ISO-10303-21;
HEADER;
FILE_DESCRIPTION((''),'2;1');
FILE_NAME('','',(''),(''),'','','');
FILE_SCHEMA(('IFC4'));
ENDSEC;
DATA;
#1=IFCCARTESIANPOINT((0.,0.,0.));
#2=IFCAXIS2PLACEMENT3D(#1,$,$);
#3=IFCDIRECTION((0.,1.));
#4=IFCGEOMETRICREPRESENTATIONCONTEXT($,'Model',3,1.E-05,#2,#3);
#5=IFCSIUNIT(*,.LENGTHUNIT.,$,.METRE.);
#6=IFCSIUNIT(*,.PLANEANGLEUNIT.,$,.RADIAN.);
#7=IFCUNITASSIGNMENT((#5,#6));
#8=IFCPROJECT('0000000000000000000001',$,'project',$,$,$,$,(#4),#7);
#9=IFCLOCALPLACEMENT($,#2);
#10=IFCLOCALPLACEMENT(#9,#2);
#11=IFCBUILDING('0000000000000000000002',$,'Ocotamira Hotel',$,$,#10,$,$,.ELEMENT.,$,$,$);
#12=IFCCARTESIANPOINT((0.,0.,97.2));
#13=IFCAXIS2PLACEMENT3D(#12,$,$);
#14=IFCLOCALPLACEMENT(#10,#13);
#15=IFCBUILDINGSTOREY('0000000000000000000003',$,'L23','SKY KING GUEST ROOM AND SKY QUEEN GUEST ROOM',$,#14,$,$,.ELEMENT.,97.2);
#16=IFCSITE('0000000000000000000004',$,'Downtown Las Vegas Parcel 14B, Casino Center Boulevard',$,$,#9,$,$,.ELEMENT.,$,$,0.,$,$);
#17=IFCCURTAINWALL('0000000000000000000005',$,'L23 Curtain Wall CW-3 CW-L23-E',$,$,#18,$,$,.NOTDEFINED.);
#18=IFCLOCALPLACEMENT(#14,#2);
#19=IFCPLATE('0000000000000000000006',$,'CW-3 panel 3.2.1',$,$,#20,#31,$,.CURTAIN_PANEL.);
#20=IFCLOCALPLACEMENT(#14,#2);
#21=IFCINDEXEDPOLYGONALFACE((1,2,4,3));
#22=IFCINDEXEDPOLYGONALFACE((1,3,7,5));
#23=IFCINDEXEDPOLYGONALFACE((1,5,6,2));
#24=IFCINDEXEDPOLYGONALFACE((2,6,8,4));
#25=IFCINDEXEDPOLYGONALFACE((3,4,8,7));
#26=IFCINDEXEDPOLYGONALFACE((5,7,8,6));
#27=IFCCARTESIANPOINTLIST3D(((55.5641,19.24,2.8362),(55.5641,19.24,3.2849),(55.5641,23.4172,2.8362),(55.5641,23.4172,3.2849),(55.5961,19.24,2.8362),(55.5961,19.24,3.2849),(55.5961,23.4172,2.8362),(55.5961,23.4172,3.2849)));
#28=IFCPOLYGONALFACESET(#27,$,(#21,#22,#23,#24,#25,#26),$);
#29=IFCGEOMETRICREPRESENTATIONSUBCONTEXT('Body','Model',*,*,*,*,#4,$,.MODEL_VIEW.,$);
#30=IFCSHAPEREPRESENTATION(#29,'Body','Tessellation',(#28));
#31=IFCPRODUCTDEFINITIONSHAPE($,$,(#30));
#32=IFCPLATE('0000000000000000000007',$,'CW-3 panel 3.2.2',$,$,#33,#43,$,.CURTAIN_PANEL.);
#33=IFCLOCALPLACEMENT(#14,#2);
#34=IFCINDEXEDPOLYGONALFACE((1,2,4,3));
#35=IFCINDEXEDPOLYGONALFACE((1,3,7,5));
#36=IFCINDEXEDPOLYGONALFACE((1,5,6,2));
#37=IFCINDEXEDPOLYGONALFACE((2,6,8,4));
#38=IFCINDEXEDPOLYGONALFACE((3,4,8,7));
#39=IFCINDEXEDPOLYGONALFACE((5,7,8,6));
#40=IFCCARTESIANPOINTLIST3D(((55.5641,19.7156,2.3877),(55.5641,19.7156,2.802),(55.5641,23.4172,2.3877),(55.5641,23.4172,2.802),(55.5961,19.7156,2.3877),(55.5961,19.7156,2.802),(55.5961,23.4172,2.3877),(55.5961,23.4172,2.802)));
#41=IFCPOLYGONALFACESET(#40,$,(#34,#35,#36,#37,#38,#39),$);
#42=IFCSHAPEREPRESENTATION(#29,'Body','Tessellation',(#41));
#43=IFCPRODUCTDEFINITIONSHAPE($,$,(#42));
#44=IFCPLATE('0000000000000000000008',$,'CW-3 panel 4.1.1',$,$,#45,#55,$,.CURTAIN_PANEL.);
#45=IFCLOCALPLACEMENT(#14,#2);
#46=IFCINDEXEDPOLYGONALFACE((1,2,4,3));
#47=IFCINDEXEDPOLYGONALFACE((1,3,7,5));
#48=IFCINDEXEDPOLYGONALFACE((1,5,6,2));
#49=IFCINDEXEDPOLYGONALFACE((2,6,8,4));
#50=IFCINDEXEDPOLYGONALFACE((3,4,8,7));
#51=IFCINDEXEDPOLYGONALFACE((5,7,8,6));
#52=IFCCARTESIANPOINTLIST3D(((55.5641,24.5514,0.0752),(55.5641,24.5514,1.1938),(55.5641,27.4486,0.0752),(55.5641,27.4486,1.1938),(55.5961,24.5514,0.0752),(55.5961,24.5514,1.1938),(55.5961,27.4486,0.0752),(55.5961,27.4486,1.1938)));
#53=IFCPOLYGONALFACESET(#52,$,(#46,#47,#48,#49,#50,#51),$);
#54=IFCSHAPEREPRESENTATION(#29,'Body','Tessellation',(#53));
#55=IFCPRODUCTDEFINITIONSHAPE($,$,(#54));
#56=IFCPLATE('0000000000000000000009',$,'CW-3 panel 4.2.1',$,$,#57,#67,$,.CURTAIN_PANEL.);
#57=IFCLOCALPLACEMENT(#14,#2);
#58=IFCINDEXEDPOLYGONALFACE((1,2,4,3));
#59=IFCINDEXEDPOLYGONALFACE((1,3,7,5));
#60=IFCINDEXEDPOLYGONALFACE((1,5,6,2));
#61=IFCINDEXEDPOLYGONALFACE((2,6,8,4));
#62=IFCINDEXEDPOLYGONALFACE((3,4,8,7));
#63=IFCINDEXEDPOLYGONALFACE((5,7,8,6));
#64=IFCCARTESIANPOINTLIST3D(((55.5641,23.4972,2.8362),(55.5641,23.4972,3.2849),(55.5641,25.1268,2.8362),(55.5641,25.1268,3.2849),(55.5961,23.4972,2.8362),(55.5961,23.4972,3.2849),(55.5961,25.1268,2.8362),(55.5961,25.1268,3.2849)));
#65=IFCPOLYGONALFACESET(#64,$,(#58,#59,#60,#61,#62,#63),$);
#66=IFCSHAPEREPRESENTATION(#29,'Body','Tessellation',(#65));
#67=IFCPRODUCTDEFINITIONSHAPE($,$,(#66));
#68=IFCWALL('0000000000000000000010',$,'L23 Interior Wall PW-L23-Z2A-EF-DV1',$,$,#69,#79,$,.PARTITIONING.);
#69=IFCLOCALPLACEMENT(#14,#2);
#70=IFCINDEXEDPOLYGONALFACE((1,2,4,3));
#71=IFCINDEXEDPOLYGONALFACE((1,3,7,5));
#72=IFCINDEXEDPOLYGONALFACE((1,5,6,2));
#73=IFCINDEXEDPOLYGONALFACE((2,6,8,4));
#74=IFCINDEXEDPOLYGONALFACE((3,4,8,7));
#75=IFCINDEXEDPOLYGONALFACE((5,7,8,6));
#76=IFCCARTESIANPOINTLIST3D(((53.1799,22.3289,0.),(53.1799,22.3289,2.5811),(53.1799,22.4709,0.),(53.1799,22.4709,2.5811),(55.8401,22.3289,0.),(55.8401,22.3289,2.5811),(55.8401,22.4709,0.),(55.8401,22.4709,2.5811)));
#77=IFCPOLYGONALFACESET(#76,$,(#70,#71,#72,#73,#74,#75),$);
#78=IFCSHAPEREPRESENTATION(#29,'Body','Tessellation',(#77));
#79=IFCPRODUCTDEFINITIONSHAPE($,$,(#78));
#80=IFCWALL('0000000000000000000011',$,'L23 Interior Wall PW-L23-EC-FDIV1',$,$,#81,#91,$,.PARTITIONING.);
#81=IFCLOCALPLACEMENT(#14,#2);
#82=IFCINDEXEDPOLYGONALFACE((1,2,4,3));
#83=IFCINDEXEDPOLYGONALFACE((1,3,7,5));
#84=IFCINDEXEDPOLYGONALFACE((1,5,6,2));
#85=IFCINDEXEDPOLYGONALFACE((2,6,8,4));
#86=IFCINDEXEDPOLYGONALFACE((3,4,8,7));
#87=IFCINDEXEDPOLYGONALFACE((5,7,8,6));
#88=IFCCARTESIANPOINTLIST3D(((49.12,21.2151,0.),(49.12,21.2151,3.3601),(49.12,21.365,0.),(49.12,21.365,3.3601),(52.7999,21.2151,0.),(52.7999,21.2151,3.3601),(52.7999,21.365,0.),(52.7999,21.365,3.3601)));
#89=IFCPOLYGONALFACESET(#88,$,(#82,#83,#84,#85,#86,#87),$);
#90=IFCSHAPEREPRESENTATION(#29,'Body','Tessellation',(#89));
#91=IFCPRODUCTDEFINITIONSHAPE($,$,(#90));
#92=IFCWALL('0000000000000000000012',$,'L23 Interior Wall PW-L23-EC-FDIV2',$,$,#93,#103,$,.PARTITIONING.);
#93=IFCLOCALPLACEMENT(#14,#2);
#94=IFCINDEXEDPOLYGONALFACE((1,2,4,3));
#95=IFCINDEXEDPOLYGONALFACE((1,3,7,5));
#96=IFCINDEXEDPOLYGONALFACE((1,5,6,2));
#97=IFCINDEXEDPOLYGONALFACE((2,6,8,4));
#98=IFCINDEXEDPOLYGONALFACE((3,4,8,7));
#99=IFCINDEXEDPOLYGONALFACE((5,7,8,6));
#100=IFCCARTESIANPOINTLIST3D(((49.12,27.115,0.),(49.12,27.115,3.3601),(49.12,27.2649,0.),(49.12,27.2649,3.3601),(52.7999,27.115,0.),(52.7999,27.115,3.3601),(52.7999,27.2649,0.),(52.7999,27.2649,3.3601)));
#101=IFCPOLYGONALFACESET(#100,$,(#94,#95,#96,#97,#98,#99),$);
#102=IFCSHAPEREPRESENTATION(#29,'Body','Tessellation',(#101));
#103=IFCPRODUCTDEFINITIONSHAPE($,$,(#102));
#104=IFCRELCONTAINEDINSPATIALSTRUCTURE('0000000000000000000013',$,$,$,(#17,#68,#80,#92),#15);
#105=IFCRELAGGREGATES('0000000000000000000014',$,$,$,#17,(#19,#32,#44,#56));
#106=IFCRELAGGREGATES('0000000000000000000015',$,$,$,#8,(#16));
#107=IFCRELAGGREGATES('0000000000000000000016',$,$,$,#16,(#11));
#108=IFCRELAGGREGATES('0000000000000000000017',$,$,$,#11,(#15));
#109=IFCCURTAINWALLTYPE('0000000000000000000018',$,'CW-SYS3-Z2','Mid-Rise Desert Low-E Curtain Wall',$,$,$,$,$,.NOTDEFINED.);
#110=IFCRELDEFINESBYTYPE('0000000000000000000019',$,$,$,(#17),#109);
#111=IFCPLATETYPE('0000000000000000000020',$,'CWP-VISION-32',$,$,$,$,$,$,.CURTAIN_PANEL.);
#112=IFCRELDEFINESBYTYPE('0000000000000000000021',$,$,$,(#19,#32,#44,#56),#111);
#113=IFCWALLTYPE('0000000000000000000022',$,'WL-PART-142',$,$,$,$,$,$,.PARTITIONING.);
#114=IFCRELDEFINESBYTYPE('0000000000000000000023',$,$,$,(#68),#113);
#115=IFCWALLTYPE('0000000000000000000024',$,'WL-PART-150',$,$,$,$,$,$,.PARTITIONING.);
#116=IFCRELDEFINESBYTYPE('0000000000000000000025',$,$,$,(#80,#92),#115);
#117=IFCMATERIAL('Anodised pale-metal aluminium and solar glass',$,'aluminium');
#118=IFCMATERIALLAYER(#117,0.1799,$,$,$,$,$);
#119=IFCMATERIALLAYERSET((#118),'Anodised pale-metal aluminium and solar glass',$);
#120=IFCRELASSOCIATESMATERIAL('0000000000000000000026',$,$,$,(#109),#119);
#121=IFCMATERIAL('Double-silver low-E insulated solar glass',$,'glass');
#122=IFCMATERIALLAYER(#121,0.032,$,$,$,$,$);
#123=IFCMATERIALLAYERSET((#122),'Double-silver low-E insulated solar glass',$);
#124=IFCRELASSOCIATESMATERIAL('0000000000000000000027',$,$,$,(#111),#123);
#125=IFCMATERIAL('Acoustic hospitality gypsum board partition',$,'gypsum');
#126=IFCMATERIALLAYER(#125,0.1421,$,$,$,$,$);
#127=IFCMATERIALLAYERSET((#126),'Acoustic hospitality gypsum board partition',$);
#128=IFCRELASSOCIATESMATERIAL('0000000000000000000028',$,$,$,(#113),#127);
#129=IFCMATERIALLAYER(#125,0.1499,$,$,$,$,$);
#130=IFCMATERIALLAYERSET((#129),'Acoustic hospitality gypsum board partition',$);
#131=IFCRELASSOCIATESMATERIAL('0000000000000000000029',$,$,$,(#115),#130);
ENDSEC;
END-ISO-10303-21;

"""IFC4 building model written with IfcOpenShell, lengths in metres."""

from ifc_helpers import new_model, si_unit, direction, frame, frame_2d, origin, origin_2d, place, context, subcontext, project, spatial, rectangle, extrude, source, transform, mapped, material, layer, layer_set, type_object, element, aggregate, save


model = new_model("IFC4")

# Units and contexts
model_context = context("Model", 3, precision=1e-05, world=origin(), true_north=direction((0.0, 1.0)))
body_context = subcontext(model_context, "Body", "Model", "MODEL_VIEW")
ifc_project = project(units=[si_unit("LENGTHUNIT", "METRE"), si_unit("PLANEANGLEUNIT", "RADIAN")], contexts=[model_context])

# Site, building, storey
site_placement = place(None, origin())
site = spatial("IfcSite", under=ifc_project, at=site_placement, Name="Downtown Las Vegas Parcel 14B, Casino Center Boulevard", CompositionType="ELEMENT", RefElevation=0.0)
building_placement = place(site_placement, origin())
building = spatial("IfcBuilding", under=site, at=building_placement, Name="Ocotamira Hotel", CompositionType="ELEMENT")
storey_placement = place(building_placement, frame((0.0, 0.0, 97.2)))
storey = spatial("IfcBuildingStorey", under=building, at=storey_placement, Name="L23", Description="SKY KING GUEST ROOM AND SKY QUEEN GUEST ROOM", CompositionType="ELEMENT", Elevation=97.2)

# Curtain wall
ifc_material_1 = material(Name="Anodised pale-metal aluminium and solar glass", Category="aluminium")
ifc_layer_1 = layer(ifc_material_1, 0.1799)
ifc_layer_set_1 = layer_set([ifc_layer_1], Name="Anodised pale-metal aluminium and solar glass")
curtain_wall_type = type_object("IfcCurtainWallType", Name="CW-SYS3-Z2", Description="Mid-Rise Desert Low-E Curtain Wall", PredefinedType="NOTDEFINED", material=ifc_layer_set_1)
curtain_wall_placement = place(storey_placement, origin())
curtain_wall = element("IfcCurtainWall", 1, at=curtain_wall_placement, inside=storey, type_object=curtain_wall_type, Name="L23 Curtain Wall CW-3 CW-L23-E", PredefinedType="NOTDEFINED")

# Plates
ifc_material_2 = material(Name="Double-silver low-E insulated solar glass", Category="glass")
ifc_layer_2 = layer(ifc_material_2, 0.032)
ifc_layer_set_2 = layer_set([ifc_layer_2], Name="Double-silver low-E insulated solar glass")
plate_type_1 = type_object("IfcPlateType", Name="CWP-VISION-32", PredefinedType="CURTAIN_PANEL", material=ifc_layer_set_2)
shared_shape_1 = source(origin(), body_context, "Body", "SweptSolid", [
    extrude(rectangle(XDim=4.1772, YDim=0.032, at=origin_2d()), origin(), (0.0, 0.0, 1.0), 0.4487),
])
plate_1_placement = place(storey_placement, frame((55.5801, 21.3286, 2.8362), z_axis=(0.0, 0.0, 1.0), x_axis=(0.0, 1.0, 0.0)))
plate_1 = element("IfcPlate", 2, at=plate_1_placement, type_object=plate_type_1, Name="CW-3 panel 3.2.1", PredefinedType="CURTAIN_PANEL", context=body_context, shape_type="MappedRepresentation", body=[
    mapped(shared_shape_1, transform((0.0, 0.0, 0.0), scale=1.0)),
])
shared_shape_2 = source(origin(), body_context, "Body", "SweptSolid", [
    extrude(rectangle(XDim=3.7017, YDim=0.032, at=origin_2d()), origin(), (0.0, 0.0, 1.0), 0.4143),
])
plate_2_placement = place(storey_placement, frame((55.5801, 21.5664, 2.3877), z_axis=(0.0, 0.0, 1.0), x_axis=(0.0, 1.0, 0.0)))
plate_2 = element("IfcPlate", 3, at=plate_2_placement, type_object=plate_type_1, Name="CW-3 panel 3.2.2", PredefinedType="CURTAIN_PANEL", context=body_context, shape_type="MappedRepresentation", body=[
    mapped(shared_shape_2, transform((0.0, 0.0, 0.0), scale=1.0)),
])
shared_shape_3 = source(origin(), body_context, "Body", "SweptSolid", [
    extrude(rectangle(XDim=2.8972, YDim=0.032, at=origin_2d()), origin(), (0.0, 0.0, 1.0), 1.1187),
])
plate_3_placement = place(storey_placement, frame((55.5801, 26.0, 0.0752), z_axis=(0.0, 0.0, 1.0), x_axis=(0.0, 1.0, 0.0)))
plate_3 = element("IfcPlate", 4, at=plate_3_placement, type_object=plate_type_1, Name="CW-3 panel 4.1.1", PredefinedType="CURTAIN_PANEL", context=body_context, shape_type="MappedRepresentation", body=[
    mapped(shared_shape_3, transform((0.0, 0.0, 0.0), scale=1.0)),
])
shared_shape_4 = source(origin(), body_context, "Body", "SweptSolid", [
    extrude(rectangle(XDim=1.6296, YDim=0.032, at=origin_2d()), origin(), (0.0, 0.0, 1.0), 0.4487),
])
plate_4_placement = place(storey_placement, frame((55.5801, 24.312, 2.8362), z_axis=(0.0, 0.0, 1.0), x_axis=(0.0, 1.0, 0.0)))
plate_4 = element("IfcPlate", 5, at=plate_4_placement, type_object=plate_type_1, Name="CW-3 panel 4.2.1", PredefinedType="CURTAIN_PANEL", context=body_context, shape_type="MappedRepresentation", body=[
    mapped(shared_shape_4, transform((0.0, 0.0, 0.0), scale=1.0)),
])
aggregate(curtain_wall, [plate_1, plate_2, plate_3, plate_4])

# Walls
ifc_material_3 = material(Name="Acoustic hospitality gypsum board partition", Category="gypsum")
ifc_layer_3 = layer(ifc_material_3, 0.1421)
ifc_layer_set_3 = layer_set([ifc_layer_3], Name="Acoustic hospitality gypsum board partition")
wall_type_1 = type_object("IfcWallType", Name="WL-PART-142", PredefinedType="PARTITIONING", material=ifc_layer_set_3)
wall_placement = place(storey_placement, frame((53.1799, 22.3999, 0.0), z_axis=(0.0, 0.0, 1.0), x_axis=(1.0, 0.0, 0.0)))
element("IfcWall", 6, at=wall_placement, inside=storey, type_object=wall_type_1, Name="L23 Interior Wall PW-L23-Z2A-EF-DV1", PredefinedType="PARTITIONING", context=body_context, shape_type="SweptSolid", body=[
    extrude(rectangle(XDim=2.6602, YDim=0.1421, at=frame_2d((1.3301, 0.0))), origin(), (0.0, 0.0, 1.0), 2.5811),
])
ifc_layer_4 = layer(ifc_material_3, 0.1499)
ifc_layer_set_4 = layer_set([ifc_layer_4], Name="Acoustic hospitality gypsum board partition")
wall_type_2 = type_object("IfcWallType", Name="WL-PART-150", PredefinedType="PARTITIONING", material=ifc_layer_set_4)
for number, where, z_axis, x_axis, name in (
    (7, (49.1201, 21.29, 0.0), (0.0, 0.0, 1.0), (1.0, 0.0, 0.0), "L23 Interior Wall PW-L23-EC-FDIV1"),
    (8, (49.1201, 27.1899, 0.0), (0.0, 0.0, 1.0), (1.0, 0.0, 0.0), "L23 Interior Wall PW-L23-EC-FDIV2"),
):
    element("IfcWall", number, at=place(storey_placement, frame(where, z_axis=z_axis, x_axis=x_axis)), inside=storey, type_object=wall_type_2, Name=name, PredefinedType="PARTITIONING", context=body_context, shape_type="SweptSolid", body=[
        extrude(rectangle(XDim=3.6799, YDim=0.1499, at=frame_2d((1.8398, 0.0))), origin(), (0.0, 0.0, 1.0), 3.3601),
    ])

save(model, "model.ifc")
